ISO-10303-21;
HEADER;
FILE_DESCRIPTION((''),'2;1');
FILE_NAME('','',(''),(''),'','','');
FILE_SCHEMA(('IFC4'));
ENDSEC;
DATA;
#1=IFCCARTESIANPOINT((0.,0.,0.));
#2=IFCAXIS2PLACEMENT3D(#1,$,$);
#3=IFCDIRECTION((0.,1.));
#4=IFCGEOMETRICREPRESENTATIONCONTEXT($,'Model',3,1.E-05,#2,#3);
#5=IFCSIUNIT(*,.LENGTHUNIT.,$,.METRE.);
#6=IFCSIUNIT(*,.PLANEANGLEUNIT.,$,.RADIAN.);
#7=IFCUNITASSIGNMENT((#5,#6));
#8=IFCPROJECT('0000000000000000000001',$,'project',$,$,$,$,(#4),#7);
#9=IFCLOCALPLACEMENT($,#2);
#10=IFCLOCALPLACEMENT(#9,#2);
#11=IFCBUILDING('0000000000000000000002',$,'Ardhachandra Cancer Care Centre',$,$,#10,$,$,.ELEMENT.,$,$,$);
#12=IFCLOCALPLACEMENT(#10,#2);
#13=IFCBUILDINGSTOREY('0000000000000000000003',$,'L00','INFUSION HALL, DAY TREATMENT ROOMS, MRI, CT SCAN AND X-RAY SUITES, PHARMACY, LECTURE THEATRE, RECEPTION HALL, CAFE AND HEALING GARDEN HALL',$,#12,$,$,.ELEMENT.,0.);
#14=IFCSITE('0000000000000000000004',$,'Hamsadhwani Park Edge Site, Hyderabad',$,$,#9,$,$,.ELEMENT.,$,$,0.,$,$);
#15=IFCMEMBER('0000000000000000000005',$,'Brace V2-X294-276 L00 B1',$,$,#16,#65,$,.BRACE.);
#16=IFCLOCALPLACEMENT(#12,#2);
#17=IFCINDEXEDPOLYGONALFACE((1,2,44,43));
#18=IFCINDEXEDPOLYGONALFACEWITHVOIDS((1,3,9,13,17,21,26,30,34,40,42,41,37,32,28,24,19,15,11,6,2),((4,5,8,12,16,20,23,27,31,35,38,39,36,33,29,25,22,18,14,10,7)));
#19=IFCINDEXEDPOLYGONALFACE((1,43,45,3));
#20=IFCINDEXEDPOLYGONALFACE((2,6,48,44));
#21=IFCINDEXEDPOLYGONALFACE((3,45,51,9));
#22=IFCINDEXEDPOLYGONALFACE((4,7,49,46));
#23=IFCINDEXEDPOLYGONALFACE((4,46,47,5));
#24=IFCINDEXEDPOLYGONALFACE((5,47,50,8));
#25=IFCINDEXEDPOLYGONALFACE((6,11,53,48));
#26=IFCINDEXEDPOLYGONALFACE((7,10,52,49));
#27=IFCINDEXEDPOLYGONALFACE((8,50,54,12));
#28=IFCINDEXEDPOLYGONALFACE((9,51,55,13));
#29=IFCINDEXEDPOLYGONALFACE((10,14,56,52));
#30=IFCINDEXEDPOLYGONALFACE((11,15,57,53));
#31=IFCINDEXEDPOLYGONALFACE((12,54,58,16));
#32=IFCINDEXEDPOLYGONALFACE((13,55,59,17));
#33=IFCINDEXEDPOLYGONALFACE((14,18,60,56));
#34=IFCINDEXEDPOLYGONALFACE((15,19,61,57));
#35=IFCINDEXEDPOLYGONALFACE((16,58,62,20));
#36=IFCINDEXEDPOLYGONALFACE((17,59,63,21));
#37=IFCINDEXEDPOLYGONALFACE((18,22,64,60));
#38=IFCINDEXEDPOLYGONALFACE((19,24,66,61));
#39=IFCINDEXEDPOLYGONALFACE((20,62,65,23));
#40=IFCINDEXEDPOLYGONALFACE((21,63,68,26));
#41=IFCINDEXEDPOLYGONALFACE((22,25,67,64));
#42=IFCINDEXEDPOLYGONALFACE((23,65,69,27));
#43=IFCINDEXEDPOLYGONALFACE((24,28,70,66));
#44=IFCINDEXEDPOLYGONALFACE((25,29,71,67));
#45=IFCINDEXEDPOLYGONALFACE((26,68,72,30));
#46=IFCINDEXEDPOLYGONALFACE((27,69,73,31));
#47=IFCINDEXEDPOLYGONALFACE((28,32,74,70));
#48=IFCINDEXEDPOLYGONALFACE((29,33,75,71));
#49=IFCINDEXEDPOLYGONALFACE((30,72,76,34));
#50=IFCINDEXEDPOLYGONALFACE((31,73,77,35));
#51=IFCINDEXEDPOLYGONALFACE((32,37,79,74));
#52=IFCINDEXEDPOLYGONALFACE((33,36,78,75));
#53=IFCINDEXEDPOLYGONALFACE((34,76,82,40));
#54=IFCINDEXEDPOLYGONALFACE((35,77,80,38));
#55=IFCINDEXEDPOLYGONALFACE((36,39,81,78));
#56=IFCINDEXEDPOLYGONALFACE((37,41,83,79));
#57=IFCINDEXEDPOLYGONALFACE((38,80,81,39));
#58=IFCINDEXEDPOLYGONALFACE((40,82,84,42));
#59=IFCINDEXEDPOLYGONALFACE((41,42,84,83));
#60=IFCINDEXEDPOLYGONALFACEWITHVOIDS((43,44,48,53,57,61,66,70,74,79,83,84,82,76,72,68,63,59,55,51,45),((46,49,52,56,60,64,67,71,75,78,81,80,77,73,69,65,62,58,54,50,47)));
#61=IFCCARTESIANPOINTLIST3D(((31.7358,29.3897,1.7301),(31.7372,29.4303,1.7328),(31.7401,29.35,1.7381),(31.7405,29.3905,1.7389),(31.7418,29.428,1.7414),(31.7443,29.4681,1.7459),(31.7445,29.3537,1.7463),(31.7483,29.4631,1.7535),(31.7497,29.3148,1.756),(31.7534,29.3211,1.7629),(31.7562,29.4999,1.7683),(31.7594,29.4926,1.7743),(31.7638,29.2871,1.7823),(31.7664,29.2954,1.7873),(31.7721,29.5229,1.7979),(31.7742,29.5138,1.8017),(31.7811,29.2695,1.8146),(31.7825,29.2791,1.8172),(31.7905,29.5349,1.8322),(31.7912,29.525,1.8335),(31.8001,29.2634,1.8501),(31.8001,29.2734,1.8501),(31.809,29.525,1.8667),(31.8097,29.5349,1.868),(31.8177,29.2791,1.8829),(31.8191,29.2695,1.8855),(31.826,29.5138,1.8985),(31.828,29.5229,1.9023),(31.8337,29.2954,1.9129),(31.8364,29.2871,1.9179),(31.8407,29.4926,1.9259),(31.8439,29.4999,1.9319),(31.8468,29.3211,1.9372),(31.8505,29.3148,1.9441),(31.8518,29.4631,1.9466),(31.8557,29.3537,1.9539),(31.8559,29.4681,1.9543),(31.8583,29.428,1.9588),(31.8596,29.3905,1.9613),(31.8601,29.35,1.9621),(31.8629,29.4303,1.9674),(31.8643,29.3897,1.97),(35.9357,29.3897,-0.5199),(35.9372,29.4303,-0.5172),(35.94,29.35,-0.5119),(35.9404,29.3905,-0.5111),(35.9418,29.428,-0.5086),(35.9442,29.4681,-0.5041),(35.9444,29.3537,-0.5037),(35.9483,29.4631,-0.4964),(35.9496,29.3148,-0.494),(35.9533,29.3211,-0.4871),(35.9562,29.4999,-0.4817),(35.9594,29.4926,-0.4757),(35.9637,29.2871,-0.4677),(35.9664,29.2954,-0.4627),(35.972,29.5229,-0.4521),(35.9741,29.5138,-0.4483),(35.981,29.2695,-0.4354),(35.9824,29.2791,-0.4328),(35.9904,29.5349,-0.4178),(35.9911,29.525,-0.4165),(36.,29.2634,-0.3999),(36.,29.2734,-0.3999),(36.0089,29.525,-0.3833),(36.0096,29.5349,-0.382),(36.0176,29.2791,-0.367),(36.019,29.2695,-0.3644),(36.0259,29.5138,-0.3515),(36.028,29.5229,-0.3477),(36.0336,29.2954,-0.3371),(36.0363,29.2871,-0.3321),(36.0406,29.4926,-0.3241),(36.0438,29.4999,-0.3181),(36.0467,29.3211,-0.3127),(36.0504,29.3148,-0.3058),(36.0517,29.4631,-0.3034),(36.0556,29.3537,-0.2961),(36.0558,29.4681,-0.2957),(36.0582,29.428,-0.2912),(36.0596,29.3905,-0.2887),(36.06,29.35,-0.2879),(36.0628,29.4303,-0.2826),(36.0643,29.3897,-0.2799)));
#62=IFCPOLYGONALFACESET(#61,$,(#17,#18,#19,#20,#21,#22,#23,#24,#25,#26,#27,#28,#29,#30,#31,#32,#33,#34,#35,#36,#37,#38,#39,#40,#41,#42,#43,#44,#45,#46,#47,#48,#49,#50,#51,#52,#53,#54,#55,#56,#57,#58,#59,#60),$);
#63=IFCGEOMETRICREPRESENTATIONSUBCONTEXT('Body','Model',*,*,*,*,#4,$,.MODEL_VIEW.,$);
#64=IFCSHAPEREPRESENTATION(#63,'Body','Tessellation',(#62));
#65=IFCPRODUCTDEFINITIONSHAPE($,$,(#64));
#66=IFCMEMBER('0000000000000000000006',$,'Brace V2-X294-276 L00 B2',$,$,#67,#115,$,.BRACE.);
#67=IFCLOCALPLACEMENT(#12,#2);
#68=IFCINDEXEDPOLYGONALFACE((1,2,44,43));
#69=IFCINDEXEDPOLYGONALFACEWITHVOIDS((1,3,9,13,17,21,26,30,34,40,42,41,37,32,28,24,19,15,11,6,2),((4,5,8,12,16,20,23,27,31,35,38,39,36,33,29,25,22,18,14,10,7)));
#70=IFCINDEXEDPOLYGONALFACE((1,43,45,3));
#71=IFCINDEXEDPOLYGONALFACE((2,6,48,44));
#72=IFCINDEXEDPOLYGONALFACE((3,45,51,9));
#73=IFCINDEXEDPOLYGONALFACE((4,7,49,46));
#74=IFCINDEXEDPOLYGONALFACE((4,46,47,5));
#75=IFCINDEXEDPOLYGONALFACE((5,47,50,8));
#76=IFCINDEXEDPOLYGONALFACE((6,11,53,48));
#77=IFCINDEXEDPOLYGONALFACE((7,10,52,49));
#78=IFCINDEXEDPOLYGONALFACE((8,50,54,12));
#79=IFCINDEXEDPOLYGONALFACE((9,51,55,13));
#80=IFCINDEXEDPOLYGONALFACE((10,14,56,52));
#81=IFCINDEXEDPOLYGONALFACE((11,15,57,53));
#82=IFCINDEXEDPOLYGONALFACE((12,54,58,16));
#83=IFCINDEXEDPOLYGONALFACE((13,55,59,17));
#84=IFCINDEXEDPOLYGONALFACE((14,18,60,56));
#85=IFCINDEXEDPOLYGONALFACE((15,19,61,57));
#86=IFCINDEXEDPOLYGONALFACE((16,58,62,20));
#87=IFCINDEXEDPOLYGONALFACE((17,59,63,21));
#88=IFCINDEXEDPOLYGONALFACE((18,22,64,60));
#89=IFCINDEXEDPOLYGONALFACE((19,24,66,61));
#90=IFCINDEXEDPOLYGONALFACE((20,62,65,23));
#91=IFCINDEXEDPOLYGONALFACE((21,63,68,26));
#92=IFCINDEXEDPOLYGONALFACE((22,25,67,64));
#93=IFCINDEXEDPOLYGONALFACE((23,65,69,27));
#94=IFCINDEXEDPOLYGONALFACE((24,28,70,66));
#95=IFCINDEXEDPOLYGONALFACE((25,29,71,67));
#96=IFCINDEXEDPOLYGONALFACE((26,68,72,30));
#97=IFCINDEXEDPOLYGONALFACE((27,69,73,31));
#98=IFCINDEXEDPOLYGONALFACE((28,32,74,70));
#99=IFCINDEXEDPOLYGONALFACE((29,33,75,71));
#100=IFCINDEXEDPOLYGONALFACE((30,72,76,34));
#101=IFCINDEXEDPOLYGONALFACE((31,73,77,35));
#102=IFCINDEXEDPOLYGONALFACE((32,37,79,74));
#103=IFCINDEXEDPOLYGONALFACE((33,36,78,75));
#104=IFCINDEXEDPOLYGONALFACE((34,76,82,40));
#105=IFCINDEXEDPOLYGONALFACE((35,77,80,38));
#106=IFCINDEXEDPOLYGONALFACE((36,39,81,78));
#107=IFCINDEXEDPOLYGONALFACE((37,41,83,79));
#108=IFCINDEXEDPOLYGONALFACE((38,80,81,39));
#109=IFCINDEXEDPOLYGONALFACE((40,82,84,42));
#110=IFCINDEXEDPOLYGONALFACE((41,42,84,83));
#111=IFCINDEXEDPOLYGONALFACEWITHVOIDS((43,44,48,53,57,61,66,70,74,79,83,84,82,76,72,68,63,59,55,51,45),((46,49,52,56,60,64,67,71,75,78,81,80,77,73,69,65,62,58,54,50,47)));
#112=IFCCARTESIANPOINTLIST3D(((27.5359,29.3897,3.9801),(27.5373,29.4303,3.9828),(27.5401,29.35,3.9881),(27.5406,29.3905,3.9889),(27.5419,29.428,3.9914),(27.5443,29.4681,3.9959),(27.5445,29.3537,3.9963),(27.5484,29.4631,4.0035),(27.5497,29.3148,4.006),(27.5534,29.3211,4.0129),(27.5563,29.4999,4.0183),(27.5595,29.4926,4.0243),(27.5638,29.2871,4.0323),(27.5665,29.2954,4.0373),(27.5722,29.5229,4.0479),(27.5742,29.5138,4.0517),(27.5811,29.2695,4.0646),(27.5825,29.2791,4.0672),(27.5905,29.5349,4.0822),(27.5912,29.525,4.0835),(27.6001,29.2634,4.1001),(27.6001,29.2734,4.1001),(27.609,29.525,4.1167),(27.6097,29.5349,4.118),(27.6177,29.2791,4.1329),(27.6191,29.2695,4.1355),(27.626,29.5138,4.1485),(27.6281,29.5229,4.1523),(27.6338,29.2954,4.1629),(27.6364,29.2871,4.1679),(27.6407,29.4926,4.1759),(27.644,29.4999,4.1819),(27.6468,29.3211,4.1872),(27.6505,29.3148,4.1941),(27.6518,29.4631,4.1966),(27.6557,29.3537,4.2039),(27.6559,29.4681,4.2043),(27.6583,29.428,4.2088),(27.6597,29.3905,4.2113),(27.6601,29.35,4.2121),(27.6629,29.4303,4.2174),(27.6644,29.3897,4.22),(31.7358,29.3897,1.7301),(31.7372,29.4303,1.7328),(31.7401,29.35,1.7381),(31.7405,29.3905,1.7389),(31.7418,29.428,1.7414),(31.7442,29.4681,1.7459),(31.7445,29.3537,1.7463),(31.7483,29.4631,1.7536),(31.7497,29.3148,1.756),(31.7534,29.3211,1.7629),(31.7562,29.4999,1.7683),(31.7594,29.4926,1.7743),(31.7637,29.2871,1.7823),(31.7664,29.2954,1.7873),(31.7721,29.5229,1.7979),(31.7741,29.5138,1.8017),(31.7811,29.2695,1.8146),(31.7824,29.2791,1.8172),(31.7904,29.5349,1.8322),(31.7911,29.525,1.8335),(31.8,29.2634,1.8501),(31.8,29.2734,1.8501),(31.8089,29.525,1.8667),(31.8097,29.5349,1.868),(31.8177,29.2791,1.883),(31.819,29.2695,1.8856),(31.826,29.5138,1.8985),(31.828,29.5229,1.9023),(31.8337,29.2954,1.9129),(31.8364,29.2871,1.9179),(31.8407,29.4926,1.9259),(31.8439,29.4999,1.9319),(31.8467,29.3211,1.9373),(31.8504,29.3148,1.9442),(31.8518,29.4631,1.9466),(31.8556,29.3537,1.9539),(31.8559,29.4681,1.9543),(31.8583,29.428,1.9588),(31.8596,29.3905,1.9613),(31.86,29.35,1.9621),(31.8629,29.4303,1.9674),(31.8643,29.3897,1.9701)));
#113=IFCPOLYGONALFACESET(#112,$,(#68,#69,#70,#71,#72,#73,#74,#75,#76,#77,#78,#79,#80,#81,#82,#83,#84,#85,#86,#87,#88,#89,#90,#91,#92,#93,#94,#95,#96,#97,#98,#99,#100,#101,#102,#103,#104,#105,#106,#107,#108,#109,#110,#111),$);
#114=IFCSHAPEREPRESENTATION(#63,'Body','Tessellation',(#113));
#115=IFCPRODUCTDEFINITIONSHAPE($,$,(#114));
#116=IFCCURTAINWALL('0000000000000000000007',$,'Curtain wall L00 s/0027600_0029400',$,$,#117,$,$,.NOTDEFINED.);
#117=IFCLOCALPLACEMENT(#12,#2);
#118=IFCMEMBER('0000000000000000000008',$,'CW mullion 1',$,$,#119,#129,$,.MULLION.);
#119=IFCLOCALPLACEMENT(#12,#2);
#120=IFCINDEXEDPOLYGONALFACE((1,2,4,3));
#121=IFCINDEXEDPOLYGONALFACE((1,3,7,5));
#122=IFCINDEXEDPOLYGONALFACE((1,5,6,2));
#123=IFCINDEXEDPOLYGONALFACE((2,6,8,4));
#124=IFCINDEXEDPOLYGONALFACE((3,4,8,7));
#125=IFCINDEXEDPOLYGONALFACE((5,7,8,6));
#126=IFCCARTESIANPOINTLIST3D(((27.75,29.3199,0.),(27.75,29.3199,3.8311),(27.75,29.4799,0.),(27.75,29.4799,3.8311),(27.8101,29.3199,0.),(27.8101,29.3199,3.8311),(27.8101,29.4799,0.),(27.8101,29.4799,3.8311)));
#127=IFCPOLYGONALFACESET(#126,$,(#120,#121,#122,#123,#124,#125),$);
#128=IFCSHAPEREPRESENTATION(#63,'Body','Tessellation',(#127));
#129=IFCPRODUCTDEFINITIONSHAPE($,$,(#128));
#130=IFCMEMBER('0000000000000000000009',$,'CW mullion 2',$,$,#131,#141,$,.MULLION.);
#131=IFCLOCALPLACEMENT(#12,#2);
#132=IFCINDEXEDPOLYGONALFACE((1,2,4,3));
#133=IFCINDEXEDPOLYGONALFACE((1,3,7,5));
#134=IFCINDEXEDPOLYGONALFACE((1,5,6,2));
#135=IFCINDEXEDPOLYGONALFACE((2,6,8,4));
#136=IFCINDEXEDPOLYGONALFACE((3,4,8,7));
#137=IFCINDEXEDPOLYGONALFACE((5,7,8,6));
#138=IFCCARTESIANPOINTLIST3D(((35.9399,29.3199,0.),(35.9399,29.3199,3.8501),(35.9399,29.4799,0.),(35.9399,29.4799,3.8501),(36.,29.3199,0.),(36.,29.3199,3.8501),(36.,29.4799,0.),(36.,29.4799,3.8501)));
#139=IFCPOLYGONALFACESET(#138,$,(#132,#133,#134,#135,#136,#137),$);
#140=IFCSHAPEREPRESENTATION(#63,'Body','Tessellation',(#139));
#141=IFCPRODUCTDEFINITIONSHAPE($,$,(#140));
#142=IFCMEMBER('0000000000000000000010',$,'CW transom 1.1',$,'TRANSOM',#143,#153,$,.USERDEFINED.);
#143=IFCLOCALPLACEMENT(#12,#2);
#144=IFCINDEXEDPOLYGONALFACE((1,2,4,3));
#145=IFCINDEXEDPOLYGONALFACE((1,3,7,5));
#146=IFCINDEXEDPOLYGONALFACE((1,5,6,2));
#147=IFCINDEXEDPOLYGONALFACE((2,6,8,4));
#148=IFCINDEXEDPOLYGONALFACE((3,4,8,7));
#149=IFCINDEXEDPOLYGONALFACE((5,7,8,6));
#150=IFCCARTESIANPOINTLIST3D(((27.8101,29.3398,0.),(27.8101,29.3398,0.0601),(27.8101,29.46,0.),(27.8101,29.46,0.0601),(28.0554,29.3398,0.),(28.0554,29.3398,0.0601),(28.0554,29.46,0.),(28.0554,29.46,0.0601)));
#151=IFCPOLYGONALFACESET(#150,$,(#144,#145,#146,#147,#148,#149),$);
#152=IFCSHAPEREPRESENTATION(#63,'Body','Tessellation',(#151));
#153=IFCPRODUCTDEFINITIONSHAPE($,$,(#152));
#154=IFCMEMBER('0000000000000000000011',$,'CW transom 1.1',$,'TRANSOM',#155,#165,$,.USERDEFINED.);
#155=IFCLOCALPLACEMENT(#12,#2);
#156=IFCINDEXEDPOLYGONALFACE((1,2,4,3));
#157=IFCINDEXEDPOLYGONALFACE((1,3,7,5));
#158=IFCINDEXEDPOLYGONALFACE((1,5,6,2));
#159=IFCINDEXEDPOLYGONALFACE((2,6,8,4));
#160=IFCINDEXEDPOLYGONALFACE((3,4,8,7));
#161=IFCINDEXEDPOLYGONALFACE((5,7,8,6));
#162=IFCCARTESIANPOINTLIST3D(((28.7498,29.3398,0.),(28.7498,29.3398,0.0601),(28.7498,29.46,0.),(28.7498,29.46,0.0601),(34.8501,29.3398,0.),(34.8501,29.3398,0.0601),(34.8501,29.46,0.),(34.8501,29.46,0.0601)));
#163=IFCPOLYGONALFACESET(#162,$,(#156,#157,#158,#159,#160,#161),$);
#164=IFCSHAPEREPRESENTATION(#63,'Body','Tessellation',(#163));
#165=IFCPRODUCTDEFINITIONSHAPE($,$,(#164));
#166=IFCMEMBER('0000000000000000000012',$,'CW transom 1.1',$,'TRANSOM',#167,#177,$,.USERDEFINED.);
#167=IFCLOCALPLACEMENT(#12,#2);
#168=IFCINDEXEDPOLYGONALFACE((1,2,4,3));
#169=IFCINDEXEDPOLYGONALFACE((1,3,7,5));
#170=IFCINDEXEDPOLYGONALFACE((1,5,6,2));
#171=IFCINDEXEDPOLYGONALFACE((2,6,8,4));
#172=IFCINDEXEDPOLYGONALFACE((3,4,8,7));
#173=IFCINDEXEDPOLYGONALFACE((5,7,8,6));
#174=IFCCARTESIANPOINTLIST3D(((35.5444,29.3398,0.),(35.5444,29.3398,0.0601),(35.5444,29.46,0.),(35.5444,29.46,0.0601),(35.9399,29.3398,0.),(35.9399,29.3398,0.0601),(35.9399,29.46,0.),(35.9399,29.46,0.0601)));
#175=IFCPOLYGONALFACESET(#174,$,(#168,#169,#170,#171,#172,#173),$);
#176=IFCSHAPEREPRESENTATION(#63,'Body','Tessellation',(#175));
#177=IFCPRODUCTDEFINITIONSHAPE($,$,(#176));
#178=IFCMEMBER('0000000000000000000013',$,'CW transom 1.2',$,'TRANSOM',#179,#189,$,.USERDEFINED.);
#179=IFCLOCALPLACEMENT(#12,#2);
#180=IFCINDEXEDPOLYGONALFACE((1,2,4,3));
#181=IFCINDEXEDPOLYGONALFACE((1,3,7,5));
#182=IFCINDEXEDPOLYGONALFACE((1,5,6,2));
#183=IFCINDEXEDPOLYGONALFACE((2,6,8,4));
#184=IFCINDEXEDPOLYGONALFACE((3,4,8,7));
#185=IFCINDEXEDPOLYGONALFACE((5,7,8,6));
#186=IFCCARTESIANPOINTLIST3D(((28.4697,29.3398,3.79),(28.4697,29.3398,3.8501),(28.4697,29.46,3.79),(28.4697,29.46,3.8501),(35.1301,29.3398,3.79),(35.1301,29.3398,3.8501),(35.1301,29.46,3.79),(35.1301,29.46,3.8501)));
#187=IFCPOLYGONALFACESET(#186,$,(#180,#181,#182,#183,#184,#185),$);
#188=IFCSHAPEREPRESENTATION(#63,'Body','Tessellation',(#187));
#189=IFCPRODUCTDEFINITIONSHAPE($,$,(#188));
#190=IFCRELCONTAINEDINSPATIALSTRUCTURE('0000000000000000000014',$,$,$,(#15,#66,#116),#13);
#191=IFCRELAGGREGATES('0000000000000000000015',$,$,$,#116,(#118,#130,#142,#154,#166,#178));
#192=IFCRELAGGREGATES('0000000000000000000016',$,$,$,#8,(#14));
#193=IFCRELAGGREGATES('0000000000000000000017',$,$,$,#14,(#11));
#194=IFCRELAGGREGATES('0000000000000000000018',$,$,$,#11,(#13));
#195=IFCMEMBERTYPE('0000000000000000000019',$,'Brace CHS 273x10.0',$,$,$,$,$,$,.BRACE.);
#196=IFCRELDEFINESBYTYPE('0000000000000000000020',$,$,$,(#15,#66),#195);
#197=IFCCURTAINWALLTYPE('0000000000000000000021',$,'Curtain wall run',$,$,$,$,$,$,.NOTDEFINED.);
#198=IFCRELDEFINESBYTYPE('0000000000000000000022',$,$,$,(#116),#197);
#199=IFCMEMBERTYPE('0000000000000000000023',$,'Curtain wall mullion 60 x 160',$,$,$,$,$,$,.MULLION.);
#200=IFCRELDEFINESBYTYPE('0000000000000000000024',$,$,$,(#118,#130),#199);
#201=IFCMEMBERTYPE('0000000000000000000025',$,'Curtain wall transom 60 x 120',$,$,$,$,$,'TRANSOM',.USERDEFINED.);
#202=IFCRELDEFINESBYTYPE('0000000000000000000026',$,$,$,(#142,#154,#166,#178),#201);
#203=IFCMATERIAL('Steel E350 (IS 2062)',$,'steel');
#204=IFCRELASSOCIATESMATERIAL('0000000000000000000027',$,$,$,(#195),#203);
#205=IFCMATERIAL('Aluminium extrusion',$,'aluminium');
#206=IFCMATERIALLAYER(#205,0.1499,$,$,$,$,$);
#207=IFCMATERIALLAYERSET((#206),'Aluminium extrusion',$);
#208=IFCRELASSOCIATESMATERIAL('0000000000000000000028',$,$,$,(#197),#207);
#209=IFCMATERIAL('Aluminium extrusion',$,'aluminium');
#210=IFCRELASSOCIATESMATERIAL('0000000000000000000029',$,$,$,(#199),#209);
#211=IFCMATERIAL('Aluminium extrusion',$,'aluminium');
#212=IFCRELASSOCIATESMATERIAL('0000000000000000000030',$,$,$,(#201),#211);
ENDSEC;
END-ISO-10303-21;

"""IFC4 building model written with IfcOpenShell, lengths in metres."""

from ifc_helpers import new_model, si_unit, direction, frame, origin, origin_2d, place, context, subcontext, project, spatial, rectangle, hollow_circle, extrude, material, layer, layer_set, material_profile, profile_set, type_object, element, aggregate, save


model = new_model("IFC4")

# Units and contexts
model_context = context("Model", 3, precision=1e-05, world=origin(), true_north=direction((0.0, 1.0)))
body_context = subcontext(model_context, "Body", "Model", "MODEL_VIEW")
ifc_project = project(units=[si_unit("LENGTHUNIT", "METRE"), si_unit("PLANEANGLEUNIT", "RADIAN")], contexts=[model_context])

# Site, building, storey
site_placement = place(None, origin())
site = spatial("IfcSite", under=ifc_project, at=site_placement, Name="Hamsadhwani Park Edge Site, Hyderabad", CompositionType="ELEMENT", RefElevation=0.0)
building_placement = place(site_placement, origin())
building = spatial("IfcBuilding", under=site, at=building_placement, Name="Ardhachandra Cancer Care Centre", CompositionType="ELEMENT")
storey_placement = place(building_placement, origin())
storey = spatial("IfcBuildingStorey", under=building, at=storey_placement, Name="L00", Description="INFUSION HALL, DAY TREATMENT ROOMS, MRI, CT SCAN AND X-RAY SUITES, PHARMACY, LECTURE THEATRE, RECEPTION HALL, CAFE AND HEALING GARDEN HALL", CompositionType="ELEMENT", Elevation=0.0)

# Members
ifc_material_1 = material(Name="Steel E350 (IS 2062)", Category="steel")
ifc_material_profile_1 = material_profile(ifc_material_1, hollow_circle(Radius=0.1365, WallThickness=0.01, at=origin_2d()), Name="CHS 273x10.0")
ifc_profile_set_1 = profile_set([ifc_material_profile_1], Name="Steel E350 (IS 2062)")
member_type_1 = type_object("IfcMemberType", Name="Brace CHS 273x10.0", PredefinedType="BRACE", material=ifc_profile_set_1)
for number, where, z_axis, x_axis, name in (
    (1, (36.0, 29.3999, -0.3999), (-0.881478, 0.0, 0.472226), (0.0, -1.0, 0.0), "Brace V2-X294-276 L00 B1"),
    (2, (31.8, 29.3999, 1.8501), (-0.881478, 0.0, 0.472226), (0.0, -1.0, 0.0), "Brace V2-X294-276 L00 B2"),
):
    element("IfcMember", number, at=place(storey_placement, frame(where, z_axis=z_axis, x_axis=x_axis)), inside=storey, type_object=member_type_1, Name=name, PredefinedType="BRACE", context=body_context, shape_type="SweptSolid", body=[
        extrude(hollow_circle(Radius=0.1365, WallThickness=0.01, at=origin_2d()), origin(), (0.0, 0.0, 1.0), 4.7646),
    ])

# Curtain wall, members
ifc_material_2 = material(Name="Aluminium extrusion", Category="aluminium")
ifc_layer_1 = layer(ifc_material_2, 0.1499)
ifc_layer_set_1 = layer_set([ifc_layer_1], Name="Aluminium extrusion")
curtain_wall_type = type_object("IfcCurtainWallType", Name="Curtain wall run", PredefinedType="NOTDEFINED", material=ifc_layer_set_1)
curtain_wall_placement = place(storey_placement, origin())
curtain_wall = element("IfcCurtainWall", 3, at=curtain_wall_placement, inside=storey, type_object=curtain_wall_type, Name="Curtain wall L00 s/0027600_0029400", PredefinedType="NOTDEFINED")
ifc_material_3 = material(Name="Aluminium extrusion", Category="aluminium")
ifc_material_profile_2 = material_profile(ifc_material_3, rectangle(XDim=0.1599, YDim=0.0601, at=origin_2d()), Name="Curtain wall mullion 60 x 160")
ifc_profile_set_2 = profile_set([ifc_material_profile_2], Name="Aluminium extrusion")
member_type_2 = type_object("IfcMemberType", Name="Curtain wall mullion 60 x 160", PredefinedType="MULLION", material=ifc_profile_set_2)
member_1_placement = place(storey_placement, frame((27.78, 29.3999, 0.0), z_axis=(0.0, 0.0, 1.0), x_axis=(0.0, 1.0, 0.0)))
member_1 = element("IfcMember", 4, at=member_1_placement, type_object=member_type_2, Name="CW mullion 1", PredefinedType="MULLION", context=body_context, shape_type="SweptSolid", body=[
    extrude(rectangle(XDim=0.1599, YDim=0.0601, at=origin_2d()), origin(), (0.0, 0.0, 1.0), 3.8311),
])
member_2_placement = place(storey_placement, frame((35.97, 29.3999, 0.0), z_axis=(0.0, 0.0, 1.0), x_axis=(0.0, 1.0, 0.0)))
member_2 = element("IfcMember", 5, at=member_2_placement, type_object=member_type_2, Name="CW mullion 2", PredefinedType="MULLION", context=body_context, shape_type="SweptSolid", body=[
    extrude(rectangle(XDim=0.1599, YDim=0.0601, at=origin_2d()), origin(), (0.0, 0.0, 1.0), 3.8501),
])
ifc_material_4 = material(Name="Aluminium extrusion", Category="aluminium")
ifc_material_profile_3 = material_profile(ifc_material_4, rectangle(XDim=0.1201, YDim=0.0601, at=origin_2d()), Name="Curtain wall transom 60 x 120")
ifc_profile_set_3 = profile_set([ifc_material_profile_3], Name="Aluminium extrusion")
member_type_3 = type_object("IfcMemberType", Name="Curtain wall transom 60 x 120", ElementType="TRANSOM", PredefinedType="USERDEFINED", material=ifc_profile_set_3)
member_3_placement = place(storey_placement, frame((27.8101, 29.3999, 0.03), z_axis=(1.0, 0.0, 0.0), x_axis=(0.0, 1.0, 0.0)))
member_3 = element("IfcMember", 6, at=member_3_placement, type_object=member_type_3, Name="CW transom 1.1", ObjectType="TRANSOM", PredefinedType="USERDEFINED", context=body_context, shape_type="SweptSolid", body=[
    extrude(rectangle(XDim=0.1201, YDim=0.0601, at=origin_2d()), origin(), (0.0, 0.0, 1.0), 0.2454),
])
member_4_placement = place(storey_placement, frame((28.7498, 29.3999, 0.03), z_axis=(1.0, 0.0, 0.0), x_axis=(0.0, 1.0, 0.0)))
member_4 = element("IfcMember", 7, at=member_4_placement, type_object=member_type_3, Name="CW transom 1.1", ObjectType="TRANSOM", PredefinedType="USERDEFINED", context=body_context, shape_type="SweptSolid", body=[
    extrude(rectangle(XDim=0.1201, YDim=0.0601, at=origin_2d()), origin(), (0.0, 0.0, 1.0), 6.1003),
])
member_5_placement = place(storey_placement, frame((35.5444, 29.3999, 0.03), z_axis=(1.0, 0.0, 0.0), x_axis=(0.0, 1.0, 0.0)))
member_5 = element("IfcMember", 8, at=member_5_placement, type_object=member_type_3, Name="CW transom 1.1", ObjectType="TRANSOM", PredefinedType="USERDEFINED", context=body_context, shape_type="SweptSolid", body=[
    extrude(rectangle(XDim=0.1201, YDim=0.0601, at=origin_2d()), origin(), (0.0, 0.0, 1.0), 0.3955),
])
member_6_placement = place(storey_placement, frame((28.4697, 29.3999, 3.8201), z_axis=(1.0, 0.0, 0.0), x_axis=(0.0, 1.0, 0.0)))
member_6 = element("IfcMember", 9, at=member_6_placement, type_object=member_type_3, Name="CW transom 1.2", ObjectType="TRANSOM", PredefinedType="USERDEFINED", context=body_context, shape_type="SweptSolid", body=[
    extrude(rectangle(XDim=0.1201, YDim=0.0601, at=origin_2d()), origin(), (0.0, 0.0, 1.0), 6.6604),
])

aggregate(curtain_wall, [member_1, member_2, member_3, member_4, member_5, member_6])

save(model, "model.ifc")
